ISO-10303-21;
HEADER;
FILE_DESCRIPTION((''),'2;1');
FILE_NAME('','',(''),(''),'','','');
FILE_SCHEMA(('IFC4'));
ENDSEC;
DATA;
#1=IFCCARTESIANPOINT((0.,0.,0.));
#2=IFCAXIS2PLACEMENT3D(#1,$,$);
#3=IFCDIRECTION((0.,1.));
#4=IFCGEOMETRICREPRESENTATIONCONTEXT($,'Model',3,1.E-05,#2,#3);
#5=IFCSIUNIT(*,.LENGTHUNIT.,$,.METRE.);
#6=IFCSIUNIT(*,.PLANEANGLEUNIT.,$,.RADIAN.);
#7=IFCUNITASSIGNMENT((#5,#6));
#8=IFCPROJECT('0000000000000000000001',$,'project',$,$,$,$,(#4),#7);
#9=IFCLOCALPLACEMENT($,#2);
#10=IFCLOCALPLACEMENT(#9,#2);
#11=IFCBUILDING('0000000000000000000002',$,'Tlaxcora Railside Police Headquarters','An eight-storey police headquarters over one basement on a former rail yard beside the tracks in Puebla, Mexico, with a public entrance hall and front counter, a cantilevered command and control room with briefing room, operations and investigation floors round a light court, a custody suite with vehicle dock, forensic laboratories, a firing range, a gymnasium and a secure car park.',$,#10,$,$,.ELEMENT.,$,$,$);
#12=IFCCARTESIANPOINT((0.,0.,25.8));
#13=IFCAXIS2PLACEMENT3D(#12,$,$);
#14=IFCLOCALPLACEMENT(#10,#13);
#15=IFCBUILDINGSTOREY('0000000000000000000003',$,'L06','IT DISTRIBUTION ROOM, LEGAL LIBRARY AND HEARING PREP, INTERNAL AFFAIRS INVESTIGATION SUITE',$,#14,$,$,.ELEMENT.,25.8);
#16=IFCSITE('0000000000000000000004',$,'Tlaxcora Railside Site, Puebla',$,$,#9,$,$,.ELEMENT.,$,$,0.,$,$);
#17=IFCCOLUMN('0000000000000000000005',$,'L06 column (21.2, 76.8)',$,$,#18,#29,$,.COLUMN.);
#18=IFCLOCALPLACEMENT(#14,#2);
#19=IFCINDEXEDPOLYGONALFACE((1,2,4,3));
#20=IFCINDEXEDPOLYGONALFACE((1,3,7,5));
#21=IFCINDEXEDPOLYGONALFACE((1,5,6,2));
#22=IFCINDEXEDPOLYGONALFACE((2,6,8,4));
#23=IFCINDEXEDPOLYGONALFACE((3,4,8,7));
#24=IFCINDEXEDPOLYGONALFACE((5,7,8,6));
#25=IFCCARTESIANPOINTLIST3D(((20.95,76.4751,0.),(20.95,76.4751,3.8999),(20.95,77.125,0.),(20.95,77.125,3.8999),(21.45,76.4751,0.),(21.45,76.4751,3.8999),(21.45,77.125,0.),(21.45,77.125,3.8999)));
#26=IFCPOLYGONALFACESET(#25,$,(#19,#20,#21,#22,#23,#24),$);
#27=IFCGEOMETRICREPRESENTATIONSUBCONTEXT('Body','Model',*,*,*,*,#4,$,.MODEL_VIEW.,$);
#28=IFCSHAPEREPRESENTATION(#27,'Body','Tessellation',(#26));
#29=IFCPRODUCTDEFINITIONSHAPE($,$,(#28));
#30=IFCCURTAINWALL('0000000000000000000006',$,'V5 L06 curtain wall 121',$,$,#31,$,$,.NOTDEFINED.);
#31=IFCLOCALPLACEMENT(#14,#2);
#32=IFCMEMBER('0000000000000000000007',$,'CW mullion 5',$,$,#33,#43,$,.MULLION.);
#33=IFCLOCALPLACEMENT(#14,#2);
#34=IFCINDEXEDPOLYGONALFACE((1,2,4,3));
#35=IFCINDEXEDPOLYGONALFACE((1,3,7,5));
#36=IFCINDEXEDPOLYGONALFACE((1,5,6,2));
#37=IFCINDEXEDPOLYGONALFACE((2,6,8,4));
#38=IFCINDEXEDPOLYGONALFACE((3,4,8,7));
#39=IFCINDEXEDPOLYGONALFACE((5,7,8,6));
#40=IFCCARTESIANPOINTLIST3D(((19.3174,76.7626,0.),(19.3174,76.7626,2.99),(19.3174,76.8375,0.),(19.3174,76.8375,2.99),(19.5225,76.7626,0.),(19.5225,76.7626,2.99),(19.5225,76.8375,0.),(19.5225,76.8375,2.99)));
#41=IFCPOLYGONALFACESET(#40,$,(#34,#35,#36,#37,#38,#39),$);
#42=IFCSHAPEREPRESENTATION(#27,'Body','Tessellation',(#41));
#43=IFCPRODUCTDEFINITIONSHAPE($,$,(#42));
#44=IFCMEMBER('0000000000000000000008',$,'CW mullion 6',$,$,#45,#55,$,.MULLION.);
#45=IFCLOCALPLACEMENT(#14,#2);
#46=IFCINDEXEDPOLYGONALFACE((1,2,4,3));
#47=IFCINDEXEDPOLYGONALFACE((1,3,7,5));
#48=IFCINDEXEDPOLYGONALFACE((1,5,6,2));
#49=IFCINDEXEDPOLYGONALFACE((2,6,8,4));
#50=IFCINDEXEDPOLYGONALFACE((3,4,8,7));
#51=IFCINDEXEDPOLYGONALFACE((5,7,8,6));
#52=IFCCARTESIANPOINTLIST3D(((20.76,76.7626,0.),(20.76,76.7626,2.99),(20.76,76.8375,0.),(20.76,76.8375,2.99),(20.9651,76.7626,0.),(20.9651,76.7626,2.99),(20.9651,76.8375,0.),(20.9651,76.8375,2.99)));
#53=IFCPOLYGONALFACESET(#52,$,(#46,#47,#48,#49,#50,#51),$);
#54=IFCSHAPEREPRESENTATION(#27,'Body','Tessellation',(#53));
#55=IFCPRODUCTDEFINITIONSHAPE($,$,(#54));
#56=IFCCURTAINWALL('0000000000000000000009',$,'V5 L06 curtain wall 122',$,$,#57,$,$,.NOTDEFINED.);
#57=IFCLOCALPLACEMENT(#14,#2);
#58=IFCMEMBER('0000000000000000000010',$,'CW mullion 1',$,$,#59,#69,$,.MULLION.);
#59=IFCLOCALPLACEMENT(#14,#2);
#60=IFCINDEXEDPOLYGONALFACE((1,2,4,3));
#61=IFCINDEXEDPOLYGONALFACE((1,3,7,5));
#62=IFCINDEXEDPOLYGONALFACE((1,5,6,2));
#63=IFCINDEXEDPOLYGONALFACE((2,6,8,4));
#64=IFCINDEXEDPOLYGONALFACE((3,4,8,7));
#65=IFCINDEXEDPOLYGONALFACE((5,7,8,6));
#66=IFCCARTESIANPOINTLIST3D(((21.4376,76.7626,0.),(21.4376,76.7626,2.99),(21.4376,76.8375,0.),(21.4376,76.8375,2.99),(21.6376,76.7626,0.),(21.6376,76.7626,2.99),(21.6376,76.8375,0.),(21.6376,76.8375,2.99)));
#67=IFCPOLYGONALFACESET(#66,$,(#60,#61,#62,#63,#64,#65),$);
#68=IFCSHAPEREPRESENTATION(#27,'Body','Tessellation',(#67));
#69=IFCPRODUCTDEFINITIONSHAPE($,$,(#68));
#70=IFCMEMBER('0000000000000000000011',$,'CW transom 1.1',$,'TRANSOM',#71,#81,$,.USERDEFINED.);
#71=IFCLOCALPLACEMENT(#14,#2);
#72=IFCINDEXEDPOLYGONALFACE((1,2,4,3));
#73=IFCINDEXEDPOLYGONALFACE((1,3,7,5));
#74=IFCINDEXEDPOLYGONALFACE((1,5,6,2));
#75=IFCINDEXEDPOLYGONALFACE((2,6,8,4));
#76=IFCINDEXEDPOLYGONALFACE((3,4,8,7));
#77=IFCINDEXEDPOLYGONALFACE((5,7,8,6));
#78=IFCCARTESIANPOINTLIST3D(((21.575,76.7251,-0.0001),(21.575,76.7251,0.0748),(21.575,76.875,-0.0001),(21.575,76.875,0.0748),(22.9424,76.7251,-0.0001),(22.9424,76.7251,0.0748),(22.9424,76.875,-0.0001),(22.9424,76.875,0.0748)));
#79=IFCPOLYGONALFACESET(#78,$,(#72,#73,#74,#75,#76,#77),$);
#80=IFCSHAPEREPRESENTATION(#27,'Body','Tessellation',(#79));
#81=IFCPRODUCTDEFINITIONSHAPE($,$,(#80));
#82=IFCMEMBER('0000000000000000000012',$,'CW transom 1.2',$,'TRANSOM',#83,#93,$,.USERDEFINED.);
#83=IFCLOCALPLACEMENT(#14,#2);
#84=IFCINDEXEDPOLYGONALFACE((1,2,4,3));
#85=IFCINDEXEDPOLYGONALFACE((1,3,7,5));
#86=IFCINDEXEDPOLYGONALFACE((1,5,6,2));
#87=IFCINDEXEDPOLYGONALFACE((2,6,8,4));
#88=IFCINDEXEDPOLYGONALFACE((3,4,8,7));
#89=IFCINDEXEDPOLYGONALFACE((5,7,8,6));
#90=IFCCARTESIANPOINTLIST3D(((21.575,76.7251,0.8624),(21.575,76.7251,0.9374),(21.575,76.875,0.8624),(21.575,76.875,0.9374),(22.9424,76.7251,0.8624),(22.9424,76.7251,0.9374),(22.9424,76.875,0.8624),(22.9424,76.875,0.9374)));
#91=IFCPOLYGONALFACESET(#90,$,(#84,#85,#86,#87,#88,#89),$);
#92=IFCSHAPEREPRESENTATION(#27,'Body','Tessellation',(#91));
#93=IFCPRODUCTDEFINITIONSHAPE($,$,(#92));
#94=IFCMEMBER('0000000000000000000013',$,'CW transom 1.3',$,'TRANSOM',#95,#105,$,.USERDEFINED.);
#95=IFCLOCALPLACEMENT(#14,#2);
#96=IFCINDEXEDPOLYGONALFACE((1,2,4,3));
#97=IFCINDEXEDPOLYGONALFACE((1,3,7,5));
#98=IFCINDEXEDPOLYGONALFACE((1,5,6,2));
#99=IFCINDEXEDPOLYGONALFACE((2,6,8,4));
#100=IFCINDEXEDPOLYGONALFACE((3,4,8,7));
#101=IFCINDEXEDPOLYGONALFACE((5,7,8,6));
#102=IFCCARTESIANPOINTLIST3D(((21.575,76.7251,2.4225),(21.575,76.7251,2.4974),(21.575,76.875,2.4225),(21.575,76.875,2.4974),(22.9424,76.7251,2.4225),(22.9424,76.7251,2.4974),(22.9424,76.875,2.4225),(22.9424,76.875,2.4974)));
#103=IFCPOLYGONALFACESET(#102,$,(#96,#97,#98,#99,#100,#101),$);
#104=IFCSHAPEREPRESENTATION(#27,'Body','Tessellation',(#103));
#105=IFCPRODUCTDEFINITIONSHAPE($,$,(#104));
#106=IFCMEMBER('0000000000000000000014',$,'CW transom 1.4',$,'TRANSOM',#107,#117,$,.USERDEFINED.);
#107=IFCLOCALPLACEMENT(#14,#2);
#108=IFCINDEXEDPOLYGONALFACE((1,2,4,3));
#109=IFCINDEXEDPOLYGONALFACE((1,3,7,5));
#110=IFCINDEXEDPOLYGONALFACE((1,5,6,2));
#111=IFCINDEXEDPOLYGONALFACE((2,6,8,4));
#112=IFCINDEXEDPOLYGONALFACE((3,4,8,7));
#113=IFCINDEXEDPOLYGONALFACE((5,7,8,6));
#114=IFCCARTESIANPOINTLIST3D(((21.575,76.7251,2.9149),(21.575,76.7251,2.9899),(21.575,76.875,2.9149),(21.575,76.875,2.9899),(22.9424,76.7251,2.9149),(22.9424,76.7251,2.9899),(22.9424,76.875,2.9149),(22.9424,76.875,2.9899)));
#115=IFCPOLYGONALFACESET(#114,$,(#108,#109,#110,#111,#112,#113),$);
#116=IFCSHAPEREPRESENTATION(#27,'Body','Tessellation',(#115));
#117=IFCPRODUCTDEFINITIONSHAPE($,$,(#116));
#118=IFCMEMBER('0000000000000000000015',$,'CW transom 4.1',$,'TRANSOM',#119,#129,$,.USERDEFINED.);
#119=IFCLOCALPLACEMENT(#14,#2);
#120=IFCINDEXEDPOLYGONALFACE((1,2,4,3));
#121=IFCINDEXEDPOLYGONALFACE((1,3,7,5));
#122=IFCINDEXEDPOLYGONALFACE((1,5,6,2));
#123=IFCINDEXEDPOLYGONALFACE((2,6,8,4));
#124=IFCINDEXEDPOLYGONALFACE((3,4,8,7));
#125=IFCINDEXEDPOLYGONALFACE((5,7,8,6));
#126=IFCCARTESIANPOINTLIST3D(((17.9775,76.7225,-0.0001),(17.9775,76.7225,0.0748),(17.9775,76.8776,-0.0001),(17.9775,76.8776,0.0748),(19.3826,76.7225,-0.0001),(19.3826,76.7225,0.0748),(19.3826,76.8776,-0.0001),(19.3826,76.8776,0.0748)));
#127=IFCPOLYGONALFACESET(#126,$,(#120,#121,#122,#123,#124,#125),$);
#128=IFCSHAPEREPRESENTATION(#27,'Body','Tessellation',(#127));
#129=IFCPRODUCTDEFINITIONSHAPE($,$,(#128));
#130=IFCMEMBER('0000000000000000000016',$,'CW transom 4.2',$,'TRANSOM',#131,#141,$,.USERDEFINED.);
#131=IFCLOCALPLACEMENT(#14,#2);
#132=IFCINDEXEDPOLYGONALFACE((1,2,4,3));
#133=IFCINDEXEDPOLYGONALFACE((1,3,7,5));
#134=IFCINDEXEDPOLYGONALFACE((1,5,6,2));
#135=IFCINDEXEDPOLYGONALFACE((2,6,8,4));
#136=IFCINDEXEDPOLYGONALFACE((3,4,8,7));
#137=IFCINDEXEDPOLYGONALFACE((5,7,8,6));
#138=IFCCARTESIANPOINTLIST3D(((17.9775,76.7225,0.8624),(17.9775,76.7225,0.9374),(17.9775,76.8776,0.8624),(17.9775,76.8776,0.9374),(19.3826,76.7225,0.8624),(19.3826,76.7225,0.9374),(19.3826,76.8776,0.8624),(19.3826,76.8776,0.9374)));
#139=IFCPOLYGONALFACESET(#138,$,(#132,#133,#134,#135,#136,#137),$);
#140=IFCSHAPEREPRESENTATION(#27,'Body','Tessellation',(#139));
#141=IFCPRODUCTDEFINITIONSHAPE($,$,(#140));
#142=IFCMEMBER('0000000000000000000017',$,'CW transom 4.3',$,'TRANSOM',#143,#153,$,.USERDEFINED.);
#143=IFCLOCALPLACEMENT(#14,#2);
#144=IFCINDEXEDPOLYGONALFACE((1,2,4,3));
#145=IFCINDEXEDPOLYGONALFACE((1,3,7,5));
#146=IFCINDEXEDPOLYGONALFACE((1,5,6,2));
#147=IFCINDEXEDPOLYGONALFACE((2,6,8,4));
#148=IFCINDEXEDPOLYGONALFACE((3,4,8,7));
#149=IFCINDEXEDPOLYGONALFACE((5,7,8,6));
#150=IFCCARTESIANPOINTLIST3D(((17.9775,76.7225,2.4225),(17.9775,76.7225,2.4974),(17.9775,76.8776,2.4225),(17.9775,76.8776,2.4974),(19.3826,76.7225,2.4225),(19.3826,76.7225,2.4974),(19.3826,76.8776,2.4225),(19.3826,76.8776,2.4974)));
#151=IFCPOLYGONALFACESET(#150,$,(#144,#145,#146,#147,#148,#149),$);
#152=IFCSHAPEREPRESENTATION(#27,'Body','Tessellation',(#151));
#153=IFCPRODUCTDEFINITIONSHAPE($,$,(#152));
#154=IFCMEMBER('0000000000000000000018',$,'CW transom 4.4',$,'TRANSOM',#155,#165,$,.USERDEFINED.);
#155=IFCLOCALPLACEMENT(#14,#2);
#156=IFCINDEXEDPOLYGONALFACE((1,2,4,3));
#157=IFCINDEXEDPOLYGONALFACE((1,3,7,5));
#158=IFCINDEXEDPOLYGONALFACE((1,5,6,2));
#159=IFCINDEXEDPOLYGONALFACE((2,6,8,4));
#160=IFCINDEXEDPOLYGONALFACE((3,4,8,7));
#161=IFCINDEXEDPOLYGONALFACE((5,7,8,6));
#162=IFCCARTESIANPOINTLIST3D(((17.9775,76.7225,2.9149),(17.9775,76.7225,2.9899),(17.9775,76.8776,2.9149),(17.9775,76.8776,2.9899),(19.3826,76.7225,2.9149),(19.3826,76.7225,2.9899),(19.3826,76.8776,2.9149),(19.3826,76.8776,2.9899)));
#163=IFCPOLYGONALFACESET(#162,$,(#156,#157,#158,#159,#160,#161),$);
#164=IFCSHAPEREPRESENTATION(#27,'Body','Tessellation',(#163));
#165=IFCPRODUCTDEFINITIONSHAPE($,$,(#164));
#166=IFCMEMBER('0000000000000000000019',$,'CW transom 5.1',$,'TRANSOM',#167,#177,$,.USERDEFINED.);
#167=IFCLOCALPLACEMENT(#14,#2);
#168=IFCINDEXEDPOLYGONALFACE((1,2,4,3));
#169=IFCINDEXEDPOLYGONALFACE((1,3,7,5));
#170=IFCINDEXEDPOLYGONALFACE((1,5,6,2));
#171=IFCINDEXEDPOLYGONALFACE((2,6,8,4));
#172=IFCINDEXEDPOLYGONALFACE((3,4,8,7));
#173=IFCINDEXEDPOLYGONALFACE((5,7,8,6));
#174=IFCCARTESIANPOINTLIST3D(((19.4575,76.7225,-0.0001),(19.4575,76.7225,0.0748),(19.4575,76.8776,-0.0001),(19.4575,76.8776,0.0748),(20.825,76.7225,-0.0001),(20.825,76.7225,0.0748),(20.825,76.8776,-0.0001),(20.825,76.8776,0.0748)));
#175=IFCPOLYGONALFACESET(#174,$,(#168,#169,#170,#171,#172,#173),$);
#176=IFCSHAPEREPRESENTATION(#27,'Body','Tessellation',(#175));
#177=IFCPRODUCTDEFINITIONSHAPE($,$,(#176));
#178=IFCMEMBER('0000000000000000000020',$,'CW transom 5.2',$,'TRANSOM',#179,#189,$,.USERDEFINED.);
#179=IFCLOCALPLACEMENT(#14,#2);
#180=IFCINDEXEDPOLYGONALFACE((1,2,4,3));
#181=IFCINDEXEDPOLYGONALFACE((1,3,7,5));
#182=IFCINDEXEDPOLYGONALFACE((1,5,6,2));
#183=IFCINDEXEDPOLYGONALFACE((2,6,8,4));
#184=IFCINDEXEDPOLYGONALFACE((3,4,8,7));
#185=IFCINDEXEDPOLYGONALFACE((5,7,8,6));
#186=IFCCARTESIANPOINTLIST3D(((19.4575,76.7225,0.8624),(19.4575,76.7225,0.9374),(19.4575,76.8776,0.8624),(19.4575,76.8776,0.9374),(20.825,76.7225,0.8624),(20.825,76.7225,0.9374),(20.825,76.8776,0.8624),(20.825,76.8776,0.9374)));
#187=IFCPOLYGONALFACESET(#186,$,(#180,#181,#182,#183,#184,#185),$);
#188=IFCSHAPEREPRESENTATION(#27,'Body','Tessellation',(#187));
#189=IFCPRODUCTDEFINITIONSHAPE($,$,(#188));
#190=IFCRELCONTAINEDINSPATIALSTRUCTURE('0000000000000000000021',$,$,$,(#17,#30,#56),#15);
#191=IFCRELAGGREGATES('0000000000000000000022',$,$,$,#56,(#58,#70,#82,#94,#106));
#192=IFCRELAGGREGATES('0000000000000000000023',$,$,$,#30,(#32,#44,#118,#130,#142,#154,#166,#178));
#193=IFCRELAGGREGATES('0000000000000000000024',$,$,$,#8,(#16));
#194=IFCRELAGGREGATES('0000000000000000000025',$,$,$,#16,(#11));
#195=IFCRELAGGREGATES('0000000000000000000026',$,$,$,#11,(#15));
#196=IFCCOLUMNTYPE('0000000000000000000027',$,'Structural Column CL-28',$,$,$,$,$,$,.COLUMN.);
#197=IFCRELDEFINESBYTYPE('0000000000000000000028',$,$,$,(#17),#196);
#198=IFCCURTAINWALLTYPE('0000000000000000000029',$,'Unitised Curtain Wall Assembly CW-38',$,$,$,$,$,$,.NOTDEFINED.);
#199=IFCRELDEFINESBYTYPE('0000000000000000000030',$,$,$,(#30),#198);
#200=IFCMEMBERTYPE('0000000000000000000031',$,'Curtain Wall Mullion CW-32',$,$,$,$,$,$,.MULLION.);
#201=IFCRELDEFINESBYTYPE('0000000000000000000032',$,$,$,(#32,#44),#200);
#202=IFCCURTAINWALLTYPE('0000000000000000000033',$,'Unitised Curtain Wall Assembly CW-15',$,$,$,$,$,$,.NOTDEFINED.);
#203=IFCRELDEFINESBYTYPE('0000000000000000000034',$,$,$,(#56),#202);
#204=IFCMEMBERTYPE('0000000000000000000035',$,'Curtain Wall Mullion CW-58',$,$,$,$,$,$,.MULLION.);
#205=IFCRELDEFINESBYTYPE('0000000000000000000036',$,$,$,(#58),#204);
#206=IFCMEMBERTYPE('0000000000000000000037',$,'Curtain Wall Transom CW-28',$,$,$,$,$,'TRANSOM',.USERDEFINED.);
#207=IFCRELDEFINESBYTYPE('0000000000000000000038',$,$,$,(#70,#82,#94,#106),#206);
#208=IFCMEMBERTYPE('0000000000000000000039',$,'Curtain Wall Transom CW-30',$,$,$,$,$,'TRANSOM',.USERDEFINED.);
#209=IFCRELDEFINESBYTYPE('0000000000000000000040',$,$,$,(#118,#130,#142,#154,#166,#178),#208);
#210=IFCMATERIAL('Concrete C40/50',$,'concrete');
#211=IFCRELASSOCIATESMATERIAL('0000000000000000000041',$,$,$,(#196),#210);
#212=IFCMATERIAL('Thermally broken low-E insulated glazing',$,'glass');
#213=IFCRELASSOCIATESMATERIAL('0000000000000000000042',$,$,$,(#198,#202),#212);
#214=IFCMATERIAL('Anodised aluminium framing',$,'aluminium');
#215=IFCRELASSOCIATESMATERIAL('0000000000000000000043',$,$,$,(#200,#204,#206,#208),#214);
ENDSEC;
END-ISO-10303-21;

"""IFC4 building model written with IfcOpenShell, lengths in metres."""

from ifc_helpers import new_model, si_unit, direction, frame, origin, origin_2d, place, context, subcontext, project, spatial, rectangle, extrude, material, material_profile, profile_set, type_object, element, aggregate, save


model = new_model("IFC4")

# Units and contexts
model_context = context("Model", 3, precision=1e-05, world=origin(), true_north=direction((0.0, 1.0)))
body_context = subcontext(model_context, "Body", "Model", "MODEL_VIEW")
ifc_project = project(units=[si_unit("LENGTHUNIT", "METRE"), si_unit("PLANEANGLEUNIT", "RADIAN")], contexts=[model_context])

# Site, building, storey
site_placement = place(None, origin())
site = spatial("IfcSite", under=ifc_project, at=site_placement, Name="Tlaxcora Railside Site, Puebla", CompositionType="ELEMENT", RefElevation=0.0)
building_placement = place(site_placement, origin())
building = spatial("IfcBuilding", under=site, at=building_placement, Name="Tlaxcora Railside Police Headquarters", Description="An eight-storey police headquarters over one basement on a former rail yard beside the tracks in Puebla, Mexico, with a public entrance hall and front counter, a cantilevered command and control room with briefing room, operations and investigation floors round a light court, a custody suite with vehicle dock, forensic laboratories, a firing range, a gymnasium and a secure car park.", CompositionType="ELEMENT")
storey_placement = place(building_placement, frame((0.0, 0.0, 25.8)))
storey = spatial("IfcBuildingStorey", under=building, at=storey_placement, Name="L06", Description="IT DISTRIBUTION ROOM, LEGAL LIBRARY AND HEARING PREP, INTERNAL AFFAIRS INVESTIGATION SUITE", CompositionType="ELEMENT", Elevation=25.8)

# Column
ifc_material_1 = material(Name="Concrete C40/50", Category="concrete")
ifc_material_profile_1 = material_profile(ifc_material_1, rectangle(XDim=0.5, YDim=0.6499, at=origin_2d()), Name="RC500X650")
ifc_profile_set_1 = profile_set([ifc_material_profile_1], Name="Concrete C40/50")
column_type = type_object("IfcColumnType", Name="Structural Column CL-28", PredefinedType="COLUMN", material=ifc_profile_set_1)
column_placement = place(storey_placement, frame((21.2, 76.8, 0.0), z_axis=(0.0, 0.0, 1.0), x_axis=(1.0, 0.0, 0.0)))
element("IfcColumn", 1, at=column_placement, inside=storey, type_object=column_type, Name="L06 column (21.2, 76.8)", PredefinedType="COLUMN", context=body_context, shape_type="SweptSolid", body=[
    extrude(rectangle(XDim=0.5, YDim=0.6499, at=origin_2d()), origin(), (0.0, 0.0, 1.0), 3.8999),
])

# Curtain walls, members
ifc_material_2 = material(Name="Thermally broken low-E insulated glazing", Category="glass")
curtain_wall_type_1 = type_object("IfcCurtainWallType", Name="Unitised Curtain Wall Assembly CW-38", PredefinedType="NOTDEFINED", material=ifc_material_2)
curtain_wall_1_placement = place(storey_placement, origin())
curtain_wall_1 = element("IfcCurtainWall", 2, at=curtain_wall_1_placement, inside=storey, type_object=curtain_wall_type_1, Name="V5 L06 curtain wall 121", PredefinedType="NOTDEFINED")
ifc_material_3 = material(Name="Anodised aluminium framing", Category="aluminium")
ifc_material_profile_2 = material_profile(ifc_material_3, rectangle(XDim=0.075, YDim=0.2051, at=origin_2d()), Name="AL75X205")
ifc_profile_set_2 = profile_set([ifc_material_profile_2], Name="Anodised aluminium framing")
member_type_1 = type_object("IfcMemberType", Name="Curtain Wall Mullion CW-32", PredefinedType="MULLION", material=ifc_profile_set_2)
member_1_placement = place(storey_placement, frame((19.4199, 76.8, 0.0), z_axis=(0.0, 0.0, 1.0), x_axis=(0.0, 1.0, 0.0)))
member_1 = element("IfcMember", 3, at=member_1_placement, type_object=member_type_1, Name="CW mullion 5", PredefinedType="MULLION", context=body_context, shape_type="SweptSolid", body=[
    extrude(rectangle(XDim=0.075, YDim=0.2051, at=origin_2d()), origin(), (0.0, 0.0, 1.0), 2.99),
])
member_2_placement = place(storey_placement, frame((20.8625, 76.8, 0.0), z_axis=(0.0, 0.0, 1.0), x_axis=(0.0, 1.0, 0.0)))
member_2 = element("IfcMember", 4, at=member_2_placement, type_object=member_type_1, Name="CW mullion 6", PredefinedType="MULLION", context=body_context, shape_type="SweptSolid", body=[
    extrude(rectangle(XDim=0.075, YDim=0.2051, at=origin_2d()), origin(), (0.0, 0.0, 1.0), 2.99),
])
curtain_wall_type_2 = type_object("IfcCurtainWallType", Name="Unitised Curtain Wall Assembly CW-15", PredefinedType="NOTDEFINED", material=ifc_material_2)
curtain_wall_2_placement = place(storey_placement, origin())
curtain_wall_2 = element("IfcCurtainWall", 5, at=curtain_wall_2_placement, inside=storey, type_object=curtain_wall_type_2, Name="V5 L06 curtain wall 122", PredefinedType="NOTDEFINED")
ifc_material_profile_3 = material_profile(ifc_material_3, rectangle(XDim=0.075, YDim=0.2, at=origin_2d()), Name="AL75X200")
ifc_profile_set_3 = profile_set([ifc_material_profile_3], Name="Anodised aluminium framing")
member_type_2 = type_object("IfcMemberType", Name="Curtain Wall Mullion CW-58", PredefinedType="MULLION", material=ifc_profile_set_3)
member_3_placement = place(storey_placement, frame((21.5376, 76.8, 0.0), z_axis=(0.0, 0.0, 1.0), x_axis=(0.0, 1.0, 0.0)))
member_3 = element("IfcMember", 6, at=member_3_placement, type_object=member_type_2, Name="CW mullion 1", PredefinedType="MULLION", context=body_context, shape_type="SweptSolid", body=[
    extrude(rectangle(XDim=0.075, YDim=0.2, at=origin_2d()), origin(), (0.0, 0.0, 1.0), 2.99),
])
ifc_material_profile_4 = material_profile(ifc_material_3, rectangle(XDim=0.1499, YDim=0.075, at=origin_2d()), Name="AL75X150")
ifc_profile_set_4 = profile_set([ifc_material_profile_4], Name="Anodised aluminium framing")
member_type_3 = type_object("IfcMemberType", Name="Curtain Wall Transom CW-28", ElementType="TRANSOM", PredefinedType="USERDEFINED", material=ifc_profile_set_4)
member_4_placement = place(storey_placement, frame((21.575, 76.8, 0.0374), z_axis=(1.0, 0.0, 0.0), x_axis=(0.0, 1.0, 0.0)))
member_4 = element("IfcMember", 7, at=member_4_placement, type_object=member_type_3, Name="CW transom 1.1", ObjectType="TRANSOM", PredefinedType="USERDEFINED", context=body_context, shape_type="SweptSolid", body=[
    extrude(rectangle(XDim=0.1499, YDim=0.075, at=origin_2d()), origin(), (0.0, 0.0, 1.0), 1.3674),
])
member_5_placement = place(storey_placement, frame((21.575, 76.8, 0.8999), z_axis=(1.0, 0.0, 0.0), x_axis=(0.0, 1.0, 0.0)))
member_5 = element("IfcMember", 8, at=member_5_placement, type_object=member_type_3, Name="CW transom 1.2", ObjectType="TRANSOM", PredefinedType="USERDEFINED", context=body_context, shape_type="SweptSolid", body=[
    extrude(rectangle(XDim=0.1499, YDim=0.075, at=origin_2d()), origin(), (0.0, 0.0, 1.0), 1.3674),
])
member_6_placement = place(storey_placement, frame((21.575, 76.8, 2.46), z_axis=(1.0, 0.0, 0.0), x_axis=(0.0, 1.0, 0.0)))
member_6 = element("IfcMember", 9, at=member_6_placement, type_object=member_type_3, Name="CW transom 1.3", ObjectType="TRANSOM", PredefinedType="USERDEFINED", context=body_context, shape_type="SweptSolid", body=[
    extrude(rectangle(XDim=0.1499, YDim=0.075, at=origin_2d()), origin(), (0.0, 0.0, 1.0), 1.3674),
])
member_7_placement = place(storey_placement, frame((21.575, 76.8, 2.9524), z_axis=(1.0, 0.0, 0.0), x_axis=(0.0, 1.0, 0.0)))
member_7 = element("IfcMember", 10, at=member_7_placement, type_object=member_type_3, Name="CW transom 1.4", ObjectType="TRANSOM", PredefinedType="USERDEFINED", context=body_context, shape_type="SweptSolid", body=[
    extrude(rectangle(XDim=0.1499, YDim=0.075, at=origin_2d()), origin(), (0.0, 0.0, 1.0), 1.3674),
])
aggregate(curtain_wall_2, [member_3, member_4, member_5, member_6, member_7])

# Members
ifc_material_profile_5 = material_profile(ifc_material_3, rectangle(XDim=0.155, YDim=0.075, at=origin_2d()), Name="AL75X155")
ifc_profile_set_5 = profile_set([ifc_material_profile_5], Name="Anodised aluminium framing")
member_type_4 = type_object("IfcMemberType", Name="Curtain Wall Transom CW-30", ElementType="TRANSOM", PredefinedType="USERDEFINED", material=ifc_profile_set_5)
member_8_placement = place(storey_placement, frame((17.9775, 76.8, 0.0374), z_axis=(1.0, 0.0, 0.0), x_axis=(0.0, 1.0, 0.0)))
member_8 = element("IfcMember", 11, at=member_8_placement, type_object=member_type_4, Name="CW transom 4.1", ObjectType="TRANSOM", PredefinedType="USERDEFINED", context=body_context, shape_type="SweptSolid", body=[
    extrude(rectangle(XDim=0.155, YDim=0.075, at=origin_2d()), origin(), (0.0, 0.0, 1.0), 1.405),
])
member_9_placement = place(storey_placement, frame((17.9775, 76.8, 0.8999), z_axis=(1.0, 0.0, 0.0), x_axis=(0.0, 1.0, 0.0)))
member_9 = element("IfcMember", 12, at=member_9_placement, type_object=member_type_4, Name="CW transom 4.2", ObjectType="TRANSOM", PredefinedType="USERDEFINED", context=body_context, shape_type="SweptSolid", body=[
    extrude(rectangle(XDim=0.155, YDim=0.075, at=origin_2d()), origin(), (0.0, 0.0, 1.0), 1.405),
])
member_10_placement = place(storey_placement, frame((17.9775, 76.8, 2.46), z_axis=(1.0, 0.0, 0.0), x_axis=(0.0, 1.0, 0.0)))
member_10 = element("IfcMember", 13, at=member_10_placement, type_object=member_type_4, Name="CW transom 4.3", ObjectType="TRANSOM", PredefinedType="USERDEFINED", context=body_context, shape_type="SweptSolid", body=[
    extrude(rectangle(XDim=0.155, YDim=0.075, at=origin_2d()), origin(), (0.0, 0.0, 1.0), 1.405),
])
member_11_placement = place(storey_placement, frame((17.9775, 76.8, 2.9524), z_axis=(1.0, 0.0, 0.0), x_axis=(0.0, 1.0, 0.0)))
member_11 = element("IfcMember", 14, at=member_11_placement, type_object=member_type_4, Name="CW transom 4.4", ObjectType="TRANSOM", PredefinedType="USERDEFINED", context=body_context, shape_type="SweptSolid", body=[
    extrude(rectangle(XDim=0.155, YDim=0.075, at=origin_2d()), origin(), (0.0, 0.0, 1.0), 1.405),
])
member_12_placement = place(storey_placement, frame((19.4575, 76.8, 0.0374), z_axis=(1.0, 0.0, 0.0), x_axis=(0.0, 1.0, 0.0)))
member_12 = element("IfcMember", 15, at=member_12_placement, type_object=member_type_4, Name="CW transom 5.1", ObjectType="TRANSOM", PredefinedType="USERDEFINED", context=body_context, shape_type="SweptSolid", body=[
    extrude(rectangle(XDim=0.155, YDim=0.075, at=origin_2d()), origin(), (0.0, 0.0, 1.0), 1.3674),
])
member_13_placement = place(storey_placement, frame((19.4575, 76.8, 0.8999), z_axis=(1.0, 0.0, 0.0), x_axis=(0.0, 1.0, 0.0)))
member_13 = element("IfcMember", 16, at=member_13_placement, type_object=member_type_4, Name="CW transom 5.2", ObjectType="TRANSOM", PredefinedType="USERDEFINED", context=body_context, shape_type="SweptSolid", body=[
    extrude(rectangle(XDim=0.155, YDim=0.075, at=origin_2d()), origin(), (0.0, 0.0, 1.0), 1.3674),
])

aggregate(curtain_wall_1, [member_1, member_2, member_8, member_9, member_10, member_11, member_12, member_13])

save(model, "model.ifc")
